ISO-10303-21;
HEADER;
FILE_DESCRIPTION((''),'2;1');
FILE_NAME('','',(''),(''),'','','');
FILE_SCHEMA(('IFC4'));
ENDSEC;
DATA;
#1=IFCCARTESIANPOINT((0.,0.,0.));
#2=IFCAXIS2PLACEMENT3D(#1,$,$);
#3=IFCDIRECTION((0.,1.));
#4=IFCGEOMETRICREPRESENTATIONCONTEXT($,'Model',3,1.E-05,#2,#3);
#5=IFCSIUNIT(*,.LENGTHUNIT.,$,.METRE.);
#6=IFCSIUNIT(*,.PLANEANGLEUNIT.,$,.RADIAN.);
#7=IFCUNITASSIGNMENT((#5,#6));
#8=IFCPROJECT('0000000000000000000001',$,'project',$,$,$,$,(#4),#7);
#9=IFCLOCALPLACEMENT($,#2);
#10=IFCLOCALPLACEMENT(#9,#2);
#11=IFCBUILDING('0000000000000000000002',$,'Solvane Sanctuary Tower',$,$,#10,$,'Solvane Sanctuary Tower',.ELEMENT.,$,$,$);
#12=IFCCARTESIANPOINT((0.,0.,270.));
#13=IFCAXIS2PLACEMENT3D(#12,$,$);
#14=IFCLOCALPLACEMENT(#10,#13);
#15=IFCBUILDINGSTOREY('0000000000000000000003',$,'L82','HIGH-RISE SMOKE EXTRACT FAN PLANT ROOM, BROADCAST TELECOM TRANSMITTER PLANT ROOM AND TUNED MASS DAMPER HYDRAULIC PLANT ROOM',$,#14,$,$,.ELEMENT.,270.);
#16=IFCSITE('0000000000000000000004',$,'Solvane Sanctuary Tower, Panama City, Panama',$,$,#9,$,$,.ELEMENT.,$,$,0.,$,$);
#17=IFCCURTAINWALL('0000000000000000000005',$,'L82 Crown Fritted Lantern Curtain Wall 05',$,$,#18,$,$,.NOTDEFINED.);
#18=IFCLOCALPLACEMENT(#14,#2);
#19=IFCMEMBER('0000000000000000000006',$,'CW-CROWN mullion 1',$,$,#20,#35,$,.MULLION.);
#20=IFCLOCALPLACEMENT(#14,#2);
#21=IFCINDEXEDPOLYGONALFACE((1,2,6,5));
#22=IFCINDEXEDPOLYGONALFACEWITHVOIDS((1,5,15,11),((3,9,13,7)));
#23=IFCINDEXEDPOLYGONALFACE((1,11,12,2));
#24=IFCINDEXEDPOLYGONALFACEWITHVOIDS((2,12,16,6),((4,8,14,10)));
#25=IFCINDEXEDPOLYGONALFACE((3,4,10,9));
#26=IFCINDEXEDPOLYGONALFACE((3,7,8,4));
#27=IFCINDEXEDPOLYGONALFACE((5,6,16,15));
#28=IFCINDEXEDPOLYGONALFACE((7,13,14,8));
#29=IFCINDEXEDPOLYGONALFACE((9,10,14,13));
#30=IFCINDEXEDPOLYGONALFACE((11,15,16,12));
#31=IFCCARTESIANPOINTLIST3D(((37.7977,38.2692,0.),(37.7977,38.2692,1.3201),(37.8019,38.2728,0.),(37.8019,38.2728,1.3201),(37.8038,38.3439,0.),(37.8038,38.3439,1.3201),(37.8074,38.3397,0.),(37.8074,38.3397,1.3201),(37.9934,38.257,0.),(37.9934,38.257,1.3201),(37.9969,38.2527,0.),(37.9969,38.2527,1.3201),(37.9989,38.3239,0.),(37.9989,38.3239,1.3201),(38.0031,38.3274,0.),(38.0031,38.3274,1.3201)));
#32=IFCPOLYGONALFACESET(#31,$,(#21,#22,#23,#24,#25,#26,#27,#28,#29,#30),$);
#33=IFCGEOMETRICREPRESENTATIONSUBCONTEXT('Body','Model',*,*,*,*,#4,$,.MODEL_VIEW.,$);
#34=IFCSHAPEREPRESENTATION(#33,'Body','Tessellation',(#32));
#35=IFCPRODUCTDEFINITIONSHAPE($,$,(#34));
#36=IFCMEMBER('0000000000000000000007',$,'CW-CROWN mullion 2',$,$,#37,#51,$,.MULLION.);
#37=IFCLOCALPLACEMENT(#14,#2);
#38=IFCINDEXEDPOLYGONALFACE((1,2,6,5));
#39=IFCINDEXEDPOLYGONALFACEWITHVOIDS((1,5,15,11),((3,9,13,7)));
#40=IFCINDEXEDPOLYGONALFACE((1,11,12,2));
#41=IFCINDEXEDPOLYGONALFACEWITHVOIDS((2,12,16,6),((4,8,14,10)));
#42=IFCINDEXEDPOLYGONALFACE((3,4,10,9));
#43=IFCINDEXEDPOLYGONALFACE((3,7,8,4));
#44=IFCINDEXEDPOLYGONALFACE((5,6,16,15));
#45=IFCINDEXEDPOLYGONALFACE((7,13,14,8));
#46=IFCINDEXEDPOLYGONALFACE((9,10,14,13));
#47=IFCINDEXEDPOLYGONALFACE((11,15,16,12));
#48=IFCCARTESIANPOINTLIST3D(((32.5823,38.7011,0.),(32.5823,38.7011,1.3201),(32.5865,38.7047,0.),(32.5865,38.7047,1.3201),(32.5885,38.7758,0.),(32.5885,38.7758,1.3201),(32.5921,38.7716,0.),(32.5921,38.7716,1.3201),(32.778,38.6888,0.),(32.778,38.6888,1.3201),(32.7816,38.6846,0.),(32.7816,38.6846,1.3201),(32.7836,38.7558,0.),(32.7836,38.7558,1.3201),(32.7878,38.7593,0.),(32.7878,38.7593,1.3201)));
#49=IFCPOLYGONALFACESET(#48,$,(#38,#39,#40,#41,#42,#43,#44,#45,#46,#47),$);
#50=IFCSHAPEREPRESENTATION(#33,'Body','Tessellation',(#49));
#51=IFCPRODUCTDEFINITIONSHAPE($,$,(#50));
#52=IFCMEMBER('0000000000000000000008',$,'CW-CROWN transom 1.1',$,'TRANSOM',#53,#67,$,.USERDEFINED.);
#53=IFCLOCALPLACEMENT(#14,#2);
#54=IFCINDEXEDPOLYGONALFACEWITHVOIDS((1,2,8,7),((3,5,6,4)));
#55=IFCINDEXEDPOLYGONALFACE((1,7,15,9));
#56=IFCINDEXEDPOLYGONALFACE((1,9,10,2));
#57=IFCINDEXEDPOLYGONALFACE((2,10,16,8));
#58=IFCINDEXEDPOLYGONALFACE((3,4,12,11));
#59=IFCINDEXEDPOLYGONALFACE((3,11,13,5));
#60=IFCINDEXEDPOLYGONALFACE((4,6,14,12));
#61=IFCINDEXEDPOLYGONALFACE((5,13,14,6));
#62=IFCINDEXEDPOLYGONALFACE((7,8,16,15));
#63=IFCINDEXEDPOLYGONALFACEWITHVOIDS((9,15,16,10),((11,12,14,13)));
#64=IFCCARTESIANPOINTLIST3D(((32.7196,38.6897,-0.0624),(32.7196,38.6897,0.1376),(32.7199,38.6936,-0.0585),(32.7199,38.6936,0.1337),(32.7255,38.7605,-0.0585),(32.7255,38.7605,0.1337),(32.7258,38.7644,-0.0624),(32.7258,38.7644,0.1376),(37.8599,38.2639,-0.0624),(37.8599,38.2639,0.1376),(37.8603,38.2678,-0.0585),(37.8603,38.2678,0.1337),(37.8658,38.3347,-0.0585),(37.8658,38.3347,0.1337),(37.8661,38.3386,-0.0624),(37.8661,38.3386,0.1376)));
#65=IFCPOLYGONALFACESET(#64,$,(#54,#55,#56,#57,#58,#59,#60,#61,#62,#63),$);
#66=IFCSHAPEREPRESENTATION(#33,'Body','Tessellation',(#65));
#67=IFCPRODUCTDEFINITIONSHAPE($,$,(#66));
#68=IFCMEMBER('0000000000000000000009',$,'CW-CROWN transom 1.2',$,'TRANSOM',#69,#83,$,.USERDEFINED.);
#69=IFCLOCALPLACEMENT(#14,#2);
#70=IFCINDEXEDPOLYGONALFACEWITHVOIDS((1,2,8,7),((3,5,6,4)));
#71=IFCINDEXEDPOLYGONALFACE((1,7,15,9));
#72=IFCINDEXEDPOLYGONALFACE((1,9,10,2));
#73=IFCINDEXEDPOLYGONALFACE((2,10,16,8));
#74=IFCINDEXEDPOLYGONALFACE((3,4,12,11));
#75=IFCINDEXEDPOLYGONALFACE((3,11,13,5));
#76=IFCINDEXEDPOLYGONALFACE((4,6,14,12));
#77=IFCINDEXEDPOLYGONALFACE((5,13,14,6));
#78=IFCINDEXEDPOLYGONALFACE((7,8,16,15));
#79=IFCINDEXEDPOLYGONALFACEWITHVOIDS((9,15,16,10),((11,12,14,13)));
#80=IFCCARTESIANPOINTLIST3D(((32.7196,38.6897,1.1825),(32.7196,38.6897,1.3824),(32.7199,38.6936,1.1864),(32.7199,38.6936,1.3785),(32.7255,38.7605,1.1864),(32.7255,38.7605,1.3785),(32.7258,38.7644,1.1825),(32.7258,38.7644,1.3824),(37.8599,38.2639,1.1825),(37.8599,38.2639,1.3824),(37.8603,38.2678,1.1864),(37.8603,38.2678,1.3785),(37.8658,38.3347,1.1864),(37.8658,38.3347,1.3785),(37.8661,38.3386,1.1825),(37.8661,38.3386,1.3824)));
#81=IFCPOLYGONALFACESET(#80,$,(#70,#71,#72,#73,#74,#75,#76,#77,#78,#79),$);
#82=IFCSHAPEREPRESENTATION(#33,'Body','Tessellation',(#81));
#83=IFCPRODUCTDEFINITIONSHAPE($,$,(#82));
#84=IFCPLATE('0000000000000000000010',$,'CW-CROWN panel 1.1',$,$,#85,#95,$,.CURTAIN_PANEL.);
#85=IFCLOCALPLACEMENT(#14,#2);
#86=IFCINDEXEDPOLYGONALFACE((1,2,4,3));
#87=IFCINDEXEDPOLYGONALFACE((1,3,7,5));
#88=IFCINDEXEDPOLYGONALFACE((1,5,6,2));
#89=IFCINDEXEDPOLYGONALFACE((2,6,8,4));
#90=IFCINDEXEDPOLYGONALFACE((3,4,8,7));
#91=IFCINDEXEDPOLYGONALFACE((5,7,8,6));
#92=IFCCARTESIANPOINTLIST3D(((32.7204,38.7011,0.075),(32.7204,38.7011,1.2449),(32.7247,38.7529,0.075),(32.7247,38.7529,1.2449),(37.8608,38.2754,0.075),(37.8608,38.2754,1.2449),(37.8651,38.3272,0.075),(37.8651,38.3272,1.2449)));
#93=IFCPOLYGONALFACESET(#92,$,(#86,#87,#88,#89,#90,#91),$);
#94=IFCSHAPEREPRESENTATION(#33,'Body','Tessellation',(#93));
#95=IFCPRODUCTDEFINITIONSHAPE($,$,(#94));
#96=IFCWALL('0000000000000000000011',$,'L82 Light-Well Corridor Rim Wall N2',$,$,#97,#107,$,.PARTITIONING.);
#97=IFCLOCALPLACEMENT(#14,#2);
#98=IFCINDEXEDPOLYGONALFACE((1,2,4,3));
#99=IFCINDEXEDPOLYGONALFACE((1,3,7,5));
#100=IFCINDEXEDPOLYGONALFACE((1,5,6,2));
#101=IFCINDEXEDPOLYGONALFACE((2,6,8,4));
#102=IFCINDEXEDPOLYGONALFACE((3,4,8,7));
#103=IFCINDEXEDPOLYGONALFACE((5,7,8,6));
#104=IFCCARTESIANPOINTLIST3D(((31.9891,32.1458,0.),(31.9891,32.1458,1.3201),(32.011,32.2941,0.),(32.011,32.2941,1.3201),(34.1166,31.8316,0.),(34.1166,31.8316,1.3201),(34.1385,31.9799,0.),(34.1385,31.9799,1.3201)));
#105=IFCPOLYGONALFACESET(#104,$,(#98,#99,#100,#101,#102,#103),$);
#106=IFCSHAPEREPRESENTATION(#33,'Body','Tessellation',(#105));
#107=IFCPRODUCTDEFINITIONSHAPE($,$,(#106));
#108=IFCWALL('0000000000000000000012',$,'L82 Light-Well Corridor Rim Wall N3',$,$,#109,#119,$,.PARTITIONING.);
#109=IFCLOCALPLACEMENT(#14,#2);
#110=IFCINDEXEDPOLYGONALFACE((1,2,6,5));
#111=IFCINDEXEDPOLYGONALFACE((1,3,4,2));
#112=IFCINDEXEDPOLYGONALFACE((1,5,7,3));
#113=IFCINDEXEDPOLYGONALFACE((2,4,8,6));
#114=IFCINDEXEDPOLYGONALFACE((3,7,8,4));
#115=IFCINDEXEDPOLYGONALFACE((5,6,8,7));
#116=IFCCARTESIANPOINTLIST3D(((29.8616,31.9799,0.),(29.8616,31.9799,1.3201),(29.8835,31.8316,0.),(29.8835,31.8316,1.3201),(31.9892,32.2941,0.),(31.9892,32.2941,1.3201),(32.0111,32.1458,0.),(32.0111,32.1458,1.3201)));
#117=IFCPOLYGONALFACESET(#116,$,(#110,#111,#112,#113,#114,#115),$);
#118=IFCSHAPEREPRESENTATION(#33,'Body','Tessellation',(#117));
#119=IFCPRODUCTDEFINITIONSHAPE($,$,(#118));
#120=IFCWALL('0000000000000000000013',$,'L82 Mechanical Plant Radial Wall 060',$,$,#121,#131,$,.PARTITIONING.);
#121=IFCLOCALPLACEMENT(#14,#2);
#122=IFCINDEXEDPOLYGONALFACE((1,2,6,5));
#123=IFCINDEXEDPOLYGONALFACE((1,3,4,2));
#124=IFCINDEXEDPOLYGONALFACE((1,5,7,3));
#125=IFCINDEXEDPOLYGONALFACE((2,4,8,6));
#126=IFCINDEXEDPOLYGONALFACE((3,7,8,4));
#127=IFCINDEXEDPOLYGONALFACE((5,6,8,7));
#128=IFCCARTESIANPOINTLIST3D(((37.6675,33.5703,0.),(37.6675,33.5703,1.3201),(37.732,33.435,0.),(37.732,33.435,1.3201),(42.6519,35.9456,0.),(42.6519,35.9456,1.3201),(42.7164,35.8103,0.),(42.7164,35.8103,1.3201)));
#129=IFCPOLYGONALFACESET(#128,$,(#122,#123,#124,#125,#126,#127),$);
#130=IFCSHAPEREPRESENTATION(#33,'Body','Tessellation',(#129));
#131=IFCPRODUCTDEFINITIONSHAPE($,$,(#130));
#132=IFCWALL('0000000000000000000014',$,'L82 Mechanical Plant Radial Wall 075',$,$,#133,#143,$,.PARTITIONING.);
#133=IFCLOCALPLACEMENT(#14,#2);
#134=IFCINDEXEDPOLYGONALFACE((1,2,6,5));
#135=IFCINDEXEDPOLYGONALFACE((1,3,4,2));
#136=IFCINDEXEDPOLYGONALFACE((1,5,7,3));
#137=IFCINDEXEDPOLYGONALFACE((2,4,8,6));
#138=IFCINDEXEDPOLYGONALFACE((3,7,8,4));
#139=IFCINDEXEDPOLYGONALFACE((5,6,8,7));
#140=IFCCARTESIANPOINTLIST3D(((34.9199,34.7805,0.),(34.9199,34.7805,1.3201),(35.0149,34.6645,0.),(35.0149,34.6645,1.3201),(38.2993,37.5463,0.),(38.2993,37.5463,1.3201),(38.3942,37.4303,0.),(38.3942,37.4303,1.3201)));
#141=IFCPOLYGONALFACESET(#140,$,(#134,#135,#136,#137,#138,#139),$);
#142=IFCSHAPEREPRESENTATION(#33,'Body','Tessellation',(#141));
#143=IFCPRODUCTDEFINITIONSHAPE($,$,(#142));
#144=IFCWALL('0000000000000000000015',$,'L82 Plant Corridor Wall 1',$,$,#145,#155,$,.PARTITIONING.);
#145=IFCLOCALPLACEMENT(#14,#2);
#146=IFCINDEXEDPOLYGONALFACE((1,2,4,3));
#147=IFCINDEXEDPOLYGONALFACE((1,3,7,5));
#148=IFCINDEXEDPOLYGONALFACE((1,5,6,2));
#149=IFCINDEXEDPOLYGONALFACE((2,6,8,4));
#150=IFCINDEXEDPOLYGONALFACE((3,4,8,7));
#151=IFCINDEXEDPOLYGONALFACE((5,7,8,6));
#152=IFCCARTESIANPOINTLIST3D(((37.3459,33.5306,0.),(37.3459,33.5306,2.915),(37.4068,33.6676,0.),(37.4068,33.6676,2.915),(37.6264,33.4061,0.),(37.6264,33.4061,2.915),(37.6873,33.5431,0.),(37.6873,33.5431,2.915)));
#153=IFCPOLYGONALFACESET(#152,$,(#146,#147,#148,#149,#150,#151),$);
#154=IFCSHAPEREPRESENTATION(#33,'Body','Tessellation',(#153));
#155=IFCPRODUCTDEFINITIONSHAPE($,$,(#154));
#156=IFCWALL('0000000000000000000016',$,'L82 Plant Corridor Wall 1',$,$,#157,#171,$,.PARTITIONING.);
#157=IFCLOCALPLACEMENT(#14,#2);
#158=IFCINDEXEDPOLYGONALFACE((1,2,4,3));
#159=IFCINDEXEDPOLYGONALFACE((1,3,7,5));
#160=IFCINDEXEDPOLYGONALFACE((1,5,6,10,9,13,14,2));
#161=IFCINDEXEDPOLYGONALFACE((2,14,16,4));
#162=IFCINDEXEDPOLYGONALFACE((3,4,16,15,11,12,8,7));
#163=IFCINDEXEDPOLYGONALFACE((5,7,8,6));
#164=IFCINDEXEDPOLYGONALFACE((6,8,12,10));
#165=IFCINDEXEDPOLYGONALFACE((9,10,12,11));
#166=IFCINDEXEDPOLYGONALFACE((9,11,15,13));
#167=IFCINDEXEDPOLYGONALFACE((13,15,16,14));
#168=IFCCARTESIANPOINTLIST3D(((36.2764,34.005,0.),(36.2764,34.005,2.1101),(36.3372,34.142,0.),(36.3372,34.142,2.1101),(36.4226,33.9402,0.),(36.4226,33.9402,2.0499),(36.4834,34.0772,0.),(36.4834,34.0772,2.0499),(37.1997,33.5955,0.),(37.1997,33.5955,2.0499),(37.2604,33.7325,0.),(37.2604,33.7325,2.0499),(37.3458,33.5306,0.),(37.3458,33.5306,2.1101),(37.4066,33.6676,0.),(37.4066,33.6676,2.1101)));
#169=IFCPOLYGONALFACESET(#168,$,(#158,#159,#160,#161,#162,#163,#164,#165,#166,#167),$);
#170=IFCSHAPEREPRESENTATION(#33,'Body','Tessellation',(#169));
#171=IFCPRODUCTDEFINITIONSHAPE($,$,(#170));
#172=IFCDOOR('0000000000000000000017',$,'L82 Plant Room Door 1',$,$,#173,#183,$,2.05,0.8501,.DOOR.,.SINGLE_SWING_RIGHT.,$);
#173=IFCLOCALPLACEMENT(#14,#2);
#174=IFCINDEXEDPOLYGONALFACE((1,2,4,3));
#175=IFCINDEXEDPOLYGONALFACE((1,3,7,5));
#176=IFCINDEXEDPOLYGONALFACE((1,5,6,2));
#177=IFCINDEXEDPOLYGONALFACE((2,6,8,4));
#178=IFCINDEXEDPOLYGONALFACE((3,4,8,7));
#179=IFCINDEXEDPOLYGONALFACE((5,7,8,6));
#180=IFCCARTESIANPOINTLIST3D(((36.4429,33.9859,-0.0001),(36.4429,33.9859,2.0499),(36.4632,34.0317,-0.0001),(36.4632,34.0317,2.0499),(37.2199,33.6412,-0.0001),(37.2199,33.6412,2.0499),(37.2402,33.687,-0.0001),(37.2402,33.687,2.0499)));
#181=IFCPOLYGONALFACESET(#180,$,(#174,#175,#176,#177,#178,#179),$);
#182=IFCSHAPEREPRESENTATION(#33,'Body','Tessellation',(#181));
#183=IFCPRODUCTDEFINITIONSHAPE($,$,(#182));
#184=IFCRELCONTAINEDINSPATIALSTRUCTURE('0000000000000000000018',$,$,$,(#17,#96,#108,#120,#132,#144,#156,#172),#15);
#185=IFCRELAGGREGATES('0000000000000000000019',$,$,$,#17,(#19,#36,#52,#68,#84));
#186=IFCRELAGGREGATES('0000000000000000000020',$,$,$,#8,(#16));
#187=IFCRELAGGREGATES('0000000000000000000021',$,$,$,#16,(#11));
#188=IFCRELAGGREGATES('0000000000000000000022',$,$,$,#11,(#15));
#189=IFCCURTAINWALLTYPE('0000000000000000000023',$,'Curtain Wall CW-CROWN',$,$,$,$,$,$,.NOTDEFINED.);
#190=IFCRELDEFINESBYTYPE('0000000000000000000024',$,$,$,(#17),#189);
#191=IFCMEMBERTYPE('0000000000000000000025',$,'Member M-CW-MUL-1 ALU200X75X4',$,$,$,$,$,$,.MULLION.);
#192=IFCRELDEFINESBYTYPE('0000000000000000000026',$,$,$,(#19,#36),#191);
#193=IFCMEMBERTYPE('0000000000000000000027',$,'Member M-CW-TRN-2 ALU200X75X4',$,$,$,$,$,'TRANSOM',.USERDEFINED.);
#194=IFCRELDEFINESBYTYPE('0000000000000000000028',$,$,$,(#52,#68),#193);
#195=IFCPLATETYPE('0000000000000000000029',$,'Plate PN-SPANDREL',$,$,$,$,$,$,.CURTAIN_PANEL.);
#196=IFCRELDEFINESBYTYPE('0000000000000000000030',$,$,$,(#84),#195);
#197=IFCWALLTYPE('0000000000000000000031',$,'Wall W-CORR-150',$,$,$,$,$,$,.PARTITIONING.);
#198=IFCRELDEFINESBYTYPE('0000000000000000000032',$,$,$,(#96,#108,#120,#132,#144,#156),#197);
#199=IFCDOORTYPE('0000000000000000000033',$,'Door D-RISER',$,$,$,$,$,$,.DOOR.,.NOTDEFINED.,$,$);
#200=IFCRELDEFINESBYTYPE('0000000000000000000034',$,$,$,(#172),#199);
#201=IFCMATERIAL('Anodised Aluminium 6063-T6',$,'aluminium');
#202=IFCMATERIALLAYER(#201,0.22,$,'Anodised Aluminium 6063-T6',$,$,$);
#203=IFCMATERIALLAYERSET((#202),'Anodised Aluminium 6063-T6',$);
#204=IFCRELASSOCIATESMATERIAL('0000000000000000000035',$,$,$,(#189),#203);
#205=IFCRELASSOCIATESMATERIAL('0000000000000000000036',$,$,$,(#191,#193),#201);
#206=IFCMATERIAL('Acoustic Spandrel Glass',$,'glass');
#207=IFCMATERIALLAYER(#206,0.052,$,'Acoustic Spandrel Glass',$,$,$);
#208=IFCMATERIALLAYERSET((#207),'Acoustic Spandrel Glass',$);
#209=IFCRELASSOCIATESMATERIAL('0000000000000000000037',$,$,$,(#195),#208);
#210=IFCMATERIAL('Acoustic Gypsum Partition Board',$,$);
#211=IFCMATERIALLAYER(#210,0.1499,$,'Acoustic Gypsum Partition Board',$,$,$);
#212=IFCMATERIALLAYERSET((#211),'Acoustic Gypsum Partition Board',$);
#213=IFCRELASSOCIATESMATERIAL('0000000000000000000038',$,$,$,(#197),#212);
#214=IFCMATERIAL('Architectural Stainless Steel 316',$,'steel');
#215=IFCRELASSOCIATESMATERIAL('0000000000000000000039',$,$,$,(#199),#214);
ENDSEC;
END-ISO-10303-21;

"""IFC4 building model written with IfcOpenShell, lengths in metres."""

from ifc_helpers import new_model, si_unit, direction, frame, frame_2d, origin, origin_2d, place, context, subcontext, project, spatial, rectangle, hollow_rectangle, extrude, material, layer, layer_set, material_profile, profile_set, type_object, element, fill, aggregate, save


model = new_model("IFC4")

# Units and contexts
model_context = context("Model", 3, precision=1e-05, world=origin(), true_north=direction((0.0, 1.0)))
body_context = subcontext(model_context, "Body", "Model", "MODEL_VIEW")
ifc_project = project(units=[si_unit("LENGTHUNIT", "METRE"), si_unit("PLANEANGLEUNIT", "RADIAN")], contexts=[model_context])

# Site, building, storey
site_placement = place(None, origin())
site = spatial("IfcSite", under=ifc_project, at=site_placement, Name="Solvane Sanctuary Tower, Panama City, Panama", CompositionType="ELEMENT", RefElevation=0.0)
building_placement = place(site_placement, origin())
building = spatial("IfcBuilding", under=site, at=building_placement, Name="Solvane Sanctuary Tower", LongName="Solvane Sanctuary Tower", CompositionType="ELEMENT")
storey_placement = place(building_placement, frame((0.0, 0.0, 270.0)))
storey = spatial("IfcBuildingStorey", under=building, at=storey_placement, Name="L82", Description="HIGH-RISE SMOKE EXTRACT FAN PLANT ROOM, BROADCAST TELECOM TRANSMITTER PLANT ROOM AND TUNED MASS DAMPER HYDRAULIC PLANT ROOM", CompositionType="ELEMENT", Elevation=270.0)

# Shared definitions
ifc_material_1 = material(Name="Anodised Aluminium 6063-T6", Category="aluminium")
ifc_layer_1 = layer(ifc_material_1, 0.22, Name="Anodised Aluminium 6063-T6")
ifc_layer_set_1 = layer_set([ifc_layer_1], Name="Anodised Aluminium 6063-T6")
curtain_wall_type = type_object("IfcCurtainWallType", Name="Curtain Wall CW-CROWN", PredefinedType="NOTDEFINED", material=ifc_layer_set_1)
ifc_material_profile_1 = material_profile(ifc_material_1, hollow_rectangle(XDim=0.075, YDim=0.2, WallThickness=0.0039, at=origin_2d()), Name="ALU200X75X4")
ifc_profile_set_1 = profile_set([ifc_material_profile_1], Name="Anodised Aluminium 6063-T6")
member_type_1 = type_object("IfcMemberType", Name="Member M-CW-MUL-1 ALU200X75X4", PredefinedType="MULLION", material=ifc_profile_set_1)

# Curtain wall, members, plate
curtain_wall_1_placement = place(storey_placement, origin())
curtain_wall_1 = element("IfcCurtainWall", 1, at=curtain_wall_1_placement, inside=storey, type_object=curtain_wall_type, Name="L82 Crown Fritted Lantern Curtain Wall 05", PredefinedType="NOTDEFINED")
member_1_placement = place(storey_placement, frame((37.9004, 38.2983, 0.0), z_axis=(0.0, 0.0, 1.0), x_axis=(-0.082536, -0.996588, 0.0)))
member_1 = element("IfcMember", 2, at=member_1_placement, type_object=member_type_1, Name="CW-CROWN mullion 1", PredefinedType="MULLION", context=body_context, shape_type="SweptSolid", body=[
    extrude(hollow_rectangle(XDim=0.075, YDim=0.2, WallThickness=0.0039, at=origin_2d()), origin(), (0.0, 0.0, 1.0), 1.3201),
])
member_2_placement = place(storey_placement, frame((32.6851, 38.7302, 0.0), z_axis=(0.0, 0.0, 1.0), x_axis=(-0.082536, -0.996588, 0.0)))
member_2 = element("IfcMember", 3, at=member_2_placement, type_object=member_type_1, Name="CW-CROWN mullion 2", PredefinedType="MULLION", context=body_context, shape_type="SweptSolid", body=[
    extrude(hollow_rectangle(XDim=0.075, YDim=0.2, WallThickness=0.0039, at=origin_2d()), origin(), (0.0, 0.0, 1.0), 1.3201),
])
ifc_material_profile_2 = material_profile(ifc_material_1, hollow_rectangle(XDim=0.075, YDim=0.2, WallThickness=0.0039, at=origin_2d()), Name="ALU200X75X4")
ifc_profile_set_2 = profile_set([ifc_material_profile_2], Name="Anodised Aluminium 6063-T6")
member_type_2 = type_object("IfcMemberType", Name="Member M-CW-TRN-2 ALU200X75X4", ElementType="TRANSOM", PredefinedType="USERDEFINED", material=ifc_profile_set_2)
member_3_placement = place(storey_placement, frame((37.863, 38.3013, 0.0376), z_axis=(-0.996587, 0.082548, 0.0), x_axis=(-0.082548, -0.996587, 0.0)))
member_3 = element("IfcMember", 4, at=member_3_placement, type_object=member_type_2, Name="CW-CROWN transom 1.1", ObjectType="TRANSOM", PredefinedType="USERDEFINED", context=body_context, shape_type="SweptSolid", body=[
    extrude(hollow_rectangle(XDim=0.075, YDim=0.2, WallThickness=0.0039, at=origin_2d()), origin(), (0.0, 0.0, 1.0), 5.158),
])
member_4_placement = place(storey_placement, frame((37.863, 38.3013, 1.2825), z_axis=(-0.996587, 0.082548, 0.0), x_axis=(-0.082548, -0.996587, 0.0)))
member_4 = element("IfcMember", 5, at=member_4_placement, type_object=member_type_2, Name="CW-CROWN transom 1.2", ObjectType="TRANSOM", PredefinedType="USERDEFINED", context=body_context, shape_type="SweptSolid", body=[
    extrude(hollow_rectangle(XDim=0.075, YDim=0.2, WallThickness=0.0039, at=origin_2d()), origin(), (0.0, 0.0, 1.0), 5.158),
])
ifc_material_2 = material(Name="Acoustic Spandrel Glass", Category="glass")
ifc_layer_2 = layer(ifc_material_2, 0.052, Name="Acoustic Spandrel Glass")
ifc_layer_set_2 = layer_set([ifc_layer_2], Name="Acoustic Spandrel Glass")
plate_type = type_object("IfcPlateType", Name="Plate PN-SPANDREL", PredefinedType="CURTAIN_PANEL", material=ifc_layer_set_2)
plate_placement = place(storey_placement, frame((35.2927, 38.5142, 0.075), z_axis=(0.0, 0.0, 1.0), x_axis=(-0.996588, 0.082536, 0.0)))
plate = element("IfcPlate", 6, at=plate_placement, type_object=plate_type, Name="CW-CROWN panel 1.1", PredefinedType="CURTAIN_PANEL", context=body_context, shape_type="SweptSolid", body=[
    extrude(rectangle(XDim=5.158, YDim=0.052, at=origin_2d()), origin(), (0.0, 0.0, 1.0), 1.1699),
])
aggregate(curtain_wall_1, [member_1, member_2, member_3, member_4, plate])

# Walls
ifc_material_3 = material(Name="Acoustic Gypsum Partition Board")
ifc_layer_3 = layer(ifc_material_3, 0.1499, Name="Acoustic Gypsum Partition Board")
ifc_layer_set_3 = layer_set([ifc_layer_3], Name="Acoustic Gypsum Partition Board")
wall_type_1 = type_object("IfcWallType", Name="Wall W-CORR-150", PredefinedType="PARTITIONING", material=ifc_layer_set_3)
for number, where, z_axis, x_axis, name in (
    (7, (34.1274, 31.9058, 0.0), (0.0, 0.0, 1.0), (-0.989269, 0.146108, 0.0), "L82 Light-Well Corridor Rim Wall N2"),
    (8, (32.0, 32.22, 0.0), (0.0, 0.0, 1.0), (-0.989269, -0.146108, 0.0), "L82 Light-Well Corridor Rim Wall N3"),
):
    element("IfcWall", number, at=place(storey_placement, frame(where, z_axis=z_axis, x_axis=x_axis)), inside=storey, type_object=wall_type_1, Name=name, PredefinedType="PARTITIONING", context=body_context, shape_type="SweptSolid", body=[
        extrude(rectangle(XDim=2.1506, YDim=0.1499, at=frame_2d((1.0752, 0.0))), origin(), (0.0, 0.0, 1.0), 1.3201),
    ])
wall_1_placement = place(storey_placement, frame((37.6997, 33.5027, 0.0), z_axis=(0.0, 0.0, 1.0), x_axis=(0.902739, 0.430189, 0.0)))
element("IfcWall", 9, at=wall_1_placement, inside=storey, type_object=wall_type_1, Name="L82 Mechanical Plant Radial Wall 060", PredefinedType="PARTITIONING", context=body_context, shape_type="SweptSolid", body=[
    extrude(rectangle(XDim=5.5215, YDim=0.1499, at=frame_2d((2.7607, 0.0))), origin(), (0.0, 0.0, 1.0), 1.3201),
])
wall_2_placement = place(storey_placement, frame((34.9673, 34.7224, 0.0), z_axis=(0.0, 0.0, 1.0), x_axis=(0.773855, 0.633363, 0.0)))
element("IfcWall", 10, at=wall_2_placement, inside=storey, type_object=wall_type_1, Name="L82 Mechanical Plant Radial Wall 075", PredefinedType="PARTITIONING", context=body_context, shape_type="SweptSolid", body=[
    extrude(rectangle(XDim=4.3669, YDim=0.1499, at=frame_2d((2.1836, 0.0))), origin(), (0.0, 0.0, 1.0), 1.3201),
])
wall_3_placement = place(storey_placement, frame((37.6567, 33.4746, 0.0), z_axis=(0.0, 0.0, 1.0), x_axis=(-0.914008, 0.405696, 0.0)))
element("IfcWall", 11, at=wall_3_placement, inside=storey, type_object=wall_type_1, Name="L82 Plant Corridor Wall 1", PredefinedType="PARTITIONING", context=body_context, shape_type="SweptSolid", body=[
    extrude(rectangle(XDim=0.3069, YDim=0.1499, at=frame_2d((0.1533, 0.0))), origin(), (0.0, 0.0, 1.0), 2.915),
])

# Wall, opening, door
wall_4_placement = place(storey_placement, frame((37.3762, 33.5991, 0.0), z_axis=(0.0, 0.0, 1.0), x_axis=(-0.914095, 0.405499, 0.0)))
wall_4 = element("IfcWall", 12, at=wall_4_placement, inside=storey, type_object=wall_type_1, Name="L82 Plant Corridor Wall 1", PredefinedType="PARTITIONING", context=body_context, shape_type="SweptSolid", body=[
    extrude(rectangle(XDim=1.1699, YDim=0.1499, at=frame_2d((0.585, 0.0))), origin(), (0.0, 0.0, 1.0), 2.1101),
])
opening_placement = place(wall_4_placement, frame((0.1599, 0.0, 0.0)))
opening = element("IfcOpeningElement", 13, at=opening_placement, cuts=wall_4, PredefinedType="OPENING", context=body_context, shape_type="SweptSolid", body=[
    extrude(rectangle(XDim=0.8501, YDim=2.05, at=frame_2d((0.425, 1.0249))), frame((0.0, 0.085, 0.0), z_axis=(0.0, -1.0, 0.0), x_axis=(1.0, 0.0, 0.0)), (0.0, 0.0, 1.0), 0.1699),
])
ifc_material_4 = material(Name="Architectural Stainless Steel 316", Category="steel")
door_type = type_object("IfcDoorType", Name="Door D-RISER", OperationType="NOTDEFINED", PredefinedType="DOOR", material=ifc_material_4)
door_placement = place(opening_placement, origin())
door = element("IfcDoor", 14, at=door_placement, inside=storey, type_object=door_type, Name="L82 Plant Room Door 1", OperationType="SINGLE_SWING_RIGHT", OverallHeight=2.05, OverallWidth=0.8501, PredefinedType="DOOR", context=body_context, shape_type="SweptSolid", body=[
    extrude(rectangle(XDim=0.8501, YDim=2.05, at=frame_2d((0.425, 1.0249))), frame((0.0, 0.0249, 0.0), z_axis=(0.0, -1.0, 0.0), x_axis=(1.0, 0.0, 0.0)), (0.0, 0.0, 1.0), 0.05),
])
fill(opening, door)

save(model, "model.ifc")
